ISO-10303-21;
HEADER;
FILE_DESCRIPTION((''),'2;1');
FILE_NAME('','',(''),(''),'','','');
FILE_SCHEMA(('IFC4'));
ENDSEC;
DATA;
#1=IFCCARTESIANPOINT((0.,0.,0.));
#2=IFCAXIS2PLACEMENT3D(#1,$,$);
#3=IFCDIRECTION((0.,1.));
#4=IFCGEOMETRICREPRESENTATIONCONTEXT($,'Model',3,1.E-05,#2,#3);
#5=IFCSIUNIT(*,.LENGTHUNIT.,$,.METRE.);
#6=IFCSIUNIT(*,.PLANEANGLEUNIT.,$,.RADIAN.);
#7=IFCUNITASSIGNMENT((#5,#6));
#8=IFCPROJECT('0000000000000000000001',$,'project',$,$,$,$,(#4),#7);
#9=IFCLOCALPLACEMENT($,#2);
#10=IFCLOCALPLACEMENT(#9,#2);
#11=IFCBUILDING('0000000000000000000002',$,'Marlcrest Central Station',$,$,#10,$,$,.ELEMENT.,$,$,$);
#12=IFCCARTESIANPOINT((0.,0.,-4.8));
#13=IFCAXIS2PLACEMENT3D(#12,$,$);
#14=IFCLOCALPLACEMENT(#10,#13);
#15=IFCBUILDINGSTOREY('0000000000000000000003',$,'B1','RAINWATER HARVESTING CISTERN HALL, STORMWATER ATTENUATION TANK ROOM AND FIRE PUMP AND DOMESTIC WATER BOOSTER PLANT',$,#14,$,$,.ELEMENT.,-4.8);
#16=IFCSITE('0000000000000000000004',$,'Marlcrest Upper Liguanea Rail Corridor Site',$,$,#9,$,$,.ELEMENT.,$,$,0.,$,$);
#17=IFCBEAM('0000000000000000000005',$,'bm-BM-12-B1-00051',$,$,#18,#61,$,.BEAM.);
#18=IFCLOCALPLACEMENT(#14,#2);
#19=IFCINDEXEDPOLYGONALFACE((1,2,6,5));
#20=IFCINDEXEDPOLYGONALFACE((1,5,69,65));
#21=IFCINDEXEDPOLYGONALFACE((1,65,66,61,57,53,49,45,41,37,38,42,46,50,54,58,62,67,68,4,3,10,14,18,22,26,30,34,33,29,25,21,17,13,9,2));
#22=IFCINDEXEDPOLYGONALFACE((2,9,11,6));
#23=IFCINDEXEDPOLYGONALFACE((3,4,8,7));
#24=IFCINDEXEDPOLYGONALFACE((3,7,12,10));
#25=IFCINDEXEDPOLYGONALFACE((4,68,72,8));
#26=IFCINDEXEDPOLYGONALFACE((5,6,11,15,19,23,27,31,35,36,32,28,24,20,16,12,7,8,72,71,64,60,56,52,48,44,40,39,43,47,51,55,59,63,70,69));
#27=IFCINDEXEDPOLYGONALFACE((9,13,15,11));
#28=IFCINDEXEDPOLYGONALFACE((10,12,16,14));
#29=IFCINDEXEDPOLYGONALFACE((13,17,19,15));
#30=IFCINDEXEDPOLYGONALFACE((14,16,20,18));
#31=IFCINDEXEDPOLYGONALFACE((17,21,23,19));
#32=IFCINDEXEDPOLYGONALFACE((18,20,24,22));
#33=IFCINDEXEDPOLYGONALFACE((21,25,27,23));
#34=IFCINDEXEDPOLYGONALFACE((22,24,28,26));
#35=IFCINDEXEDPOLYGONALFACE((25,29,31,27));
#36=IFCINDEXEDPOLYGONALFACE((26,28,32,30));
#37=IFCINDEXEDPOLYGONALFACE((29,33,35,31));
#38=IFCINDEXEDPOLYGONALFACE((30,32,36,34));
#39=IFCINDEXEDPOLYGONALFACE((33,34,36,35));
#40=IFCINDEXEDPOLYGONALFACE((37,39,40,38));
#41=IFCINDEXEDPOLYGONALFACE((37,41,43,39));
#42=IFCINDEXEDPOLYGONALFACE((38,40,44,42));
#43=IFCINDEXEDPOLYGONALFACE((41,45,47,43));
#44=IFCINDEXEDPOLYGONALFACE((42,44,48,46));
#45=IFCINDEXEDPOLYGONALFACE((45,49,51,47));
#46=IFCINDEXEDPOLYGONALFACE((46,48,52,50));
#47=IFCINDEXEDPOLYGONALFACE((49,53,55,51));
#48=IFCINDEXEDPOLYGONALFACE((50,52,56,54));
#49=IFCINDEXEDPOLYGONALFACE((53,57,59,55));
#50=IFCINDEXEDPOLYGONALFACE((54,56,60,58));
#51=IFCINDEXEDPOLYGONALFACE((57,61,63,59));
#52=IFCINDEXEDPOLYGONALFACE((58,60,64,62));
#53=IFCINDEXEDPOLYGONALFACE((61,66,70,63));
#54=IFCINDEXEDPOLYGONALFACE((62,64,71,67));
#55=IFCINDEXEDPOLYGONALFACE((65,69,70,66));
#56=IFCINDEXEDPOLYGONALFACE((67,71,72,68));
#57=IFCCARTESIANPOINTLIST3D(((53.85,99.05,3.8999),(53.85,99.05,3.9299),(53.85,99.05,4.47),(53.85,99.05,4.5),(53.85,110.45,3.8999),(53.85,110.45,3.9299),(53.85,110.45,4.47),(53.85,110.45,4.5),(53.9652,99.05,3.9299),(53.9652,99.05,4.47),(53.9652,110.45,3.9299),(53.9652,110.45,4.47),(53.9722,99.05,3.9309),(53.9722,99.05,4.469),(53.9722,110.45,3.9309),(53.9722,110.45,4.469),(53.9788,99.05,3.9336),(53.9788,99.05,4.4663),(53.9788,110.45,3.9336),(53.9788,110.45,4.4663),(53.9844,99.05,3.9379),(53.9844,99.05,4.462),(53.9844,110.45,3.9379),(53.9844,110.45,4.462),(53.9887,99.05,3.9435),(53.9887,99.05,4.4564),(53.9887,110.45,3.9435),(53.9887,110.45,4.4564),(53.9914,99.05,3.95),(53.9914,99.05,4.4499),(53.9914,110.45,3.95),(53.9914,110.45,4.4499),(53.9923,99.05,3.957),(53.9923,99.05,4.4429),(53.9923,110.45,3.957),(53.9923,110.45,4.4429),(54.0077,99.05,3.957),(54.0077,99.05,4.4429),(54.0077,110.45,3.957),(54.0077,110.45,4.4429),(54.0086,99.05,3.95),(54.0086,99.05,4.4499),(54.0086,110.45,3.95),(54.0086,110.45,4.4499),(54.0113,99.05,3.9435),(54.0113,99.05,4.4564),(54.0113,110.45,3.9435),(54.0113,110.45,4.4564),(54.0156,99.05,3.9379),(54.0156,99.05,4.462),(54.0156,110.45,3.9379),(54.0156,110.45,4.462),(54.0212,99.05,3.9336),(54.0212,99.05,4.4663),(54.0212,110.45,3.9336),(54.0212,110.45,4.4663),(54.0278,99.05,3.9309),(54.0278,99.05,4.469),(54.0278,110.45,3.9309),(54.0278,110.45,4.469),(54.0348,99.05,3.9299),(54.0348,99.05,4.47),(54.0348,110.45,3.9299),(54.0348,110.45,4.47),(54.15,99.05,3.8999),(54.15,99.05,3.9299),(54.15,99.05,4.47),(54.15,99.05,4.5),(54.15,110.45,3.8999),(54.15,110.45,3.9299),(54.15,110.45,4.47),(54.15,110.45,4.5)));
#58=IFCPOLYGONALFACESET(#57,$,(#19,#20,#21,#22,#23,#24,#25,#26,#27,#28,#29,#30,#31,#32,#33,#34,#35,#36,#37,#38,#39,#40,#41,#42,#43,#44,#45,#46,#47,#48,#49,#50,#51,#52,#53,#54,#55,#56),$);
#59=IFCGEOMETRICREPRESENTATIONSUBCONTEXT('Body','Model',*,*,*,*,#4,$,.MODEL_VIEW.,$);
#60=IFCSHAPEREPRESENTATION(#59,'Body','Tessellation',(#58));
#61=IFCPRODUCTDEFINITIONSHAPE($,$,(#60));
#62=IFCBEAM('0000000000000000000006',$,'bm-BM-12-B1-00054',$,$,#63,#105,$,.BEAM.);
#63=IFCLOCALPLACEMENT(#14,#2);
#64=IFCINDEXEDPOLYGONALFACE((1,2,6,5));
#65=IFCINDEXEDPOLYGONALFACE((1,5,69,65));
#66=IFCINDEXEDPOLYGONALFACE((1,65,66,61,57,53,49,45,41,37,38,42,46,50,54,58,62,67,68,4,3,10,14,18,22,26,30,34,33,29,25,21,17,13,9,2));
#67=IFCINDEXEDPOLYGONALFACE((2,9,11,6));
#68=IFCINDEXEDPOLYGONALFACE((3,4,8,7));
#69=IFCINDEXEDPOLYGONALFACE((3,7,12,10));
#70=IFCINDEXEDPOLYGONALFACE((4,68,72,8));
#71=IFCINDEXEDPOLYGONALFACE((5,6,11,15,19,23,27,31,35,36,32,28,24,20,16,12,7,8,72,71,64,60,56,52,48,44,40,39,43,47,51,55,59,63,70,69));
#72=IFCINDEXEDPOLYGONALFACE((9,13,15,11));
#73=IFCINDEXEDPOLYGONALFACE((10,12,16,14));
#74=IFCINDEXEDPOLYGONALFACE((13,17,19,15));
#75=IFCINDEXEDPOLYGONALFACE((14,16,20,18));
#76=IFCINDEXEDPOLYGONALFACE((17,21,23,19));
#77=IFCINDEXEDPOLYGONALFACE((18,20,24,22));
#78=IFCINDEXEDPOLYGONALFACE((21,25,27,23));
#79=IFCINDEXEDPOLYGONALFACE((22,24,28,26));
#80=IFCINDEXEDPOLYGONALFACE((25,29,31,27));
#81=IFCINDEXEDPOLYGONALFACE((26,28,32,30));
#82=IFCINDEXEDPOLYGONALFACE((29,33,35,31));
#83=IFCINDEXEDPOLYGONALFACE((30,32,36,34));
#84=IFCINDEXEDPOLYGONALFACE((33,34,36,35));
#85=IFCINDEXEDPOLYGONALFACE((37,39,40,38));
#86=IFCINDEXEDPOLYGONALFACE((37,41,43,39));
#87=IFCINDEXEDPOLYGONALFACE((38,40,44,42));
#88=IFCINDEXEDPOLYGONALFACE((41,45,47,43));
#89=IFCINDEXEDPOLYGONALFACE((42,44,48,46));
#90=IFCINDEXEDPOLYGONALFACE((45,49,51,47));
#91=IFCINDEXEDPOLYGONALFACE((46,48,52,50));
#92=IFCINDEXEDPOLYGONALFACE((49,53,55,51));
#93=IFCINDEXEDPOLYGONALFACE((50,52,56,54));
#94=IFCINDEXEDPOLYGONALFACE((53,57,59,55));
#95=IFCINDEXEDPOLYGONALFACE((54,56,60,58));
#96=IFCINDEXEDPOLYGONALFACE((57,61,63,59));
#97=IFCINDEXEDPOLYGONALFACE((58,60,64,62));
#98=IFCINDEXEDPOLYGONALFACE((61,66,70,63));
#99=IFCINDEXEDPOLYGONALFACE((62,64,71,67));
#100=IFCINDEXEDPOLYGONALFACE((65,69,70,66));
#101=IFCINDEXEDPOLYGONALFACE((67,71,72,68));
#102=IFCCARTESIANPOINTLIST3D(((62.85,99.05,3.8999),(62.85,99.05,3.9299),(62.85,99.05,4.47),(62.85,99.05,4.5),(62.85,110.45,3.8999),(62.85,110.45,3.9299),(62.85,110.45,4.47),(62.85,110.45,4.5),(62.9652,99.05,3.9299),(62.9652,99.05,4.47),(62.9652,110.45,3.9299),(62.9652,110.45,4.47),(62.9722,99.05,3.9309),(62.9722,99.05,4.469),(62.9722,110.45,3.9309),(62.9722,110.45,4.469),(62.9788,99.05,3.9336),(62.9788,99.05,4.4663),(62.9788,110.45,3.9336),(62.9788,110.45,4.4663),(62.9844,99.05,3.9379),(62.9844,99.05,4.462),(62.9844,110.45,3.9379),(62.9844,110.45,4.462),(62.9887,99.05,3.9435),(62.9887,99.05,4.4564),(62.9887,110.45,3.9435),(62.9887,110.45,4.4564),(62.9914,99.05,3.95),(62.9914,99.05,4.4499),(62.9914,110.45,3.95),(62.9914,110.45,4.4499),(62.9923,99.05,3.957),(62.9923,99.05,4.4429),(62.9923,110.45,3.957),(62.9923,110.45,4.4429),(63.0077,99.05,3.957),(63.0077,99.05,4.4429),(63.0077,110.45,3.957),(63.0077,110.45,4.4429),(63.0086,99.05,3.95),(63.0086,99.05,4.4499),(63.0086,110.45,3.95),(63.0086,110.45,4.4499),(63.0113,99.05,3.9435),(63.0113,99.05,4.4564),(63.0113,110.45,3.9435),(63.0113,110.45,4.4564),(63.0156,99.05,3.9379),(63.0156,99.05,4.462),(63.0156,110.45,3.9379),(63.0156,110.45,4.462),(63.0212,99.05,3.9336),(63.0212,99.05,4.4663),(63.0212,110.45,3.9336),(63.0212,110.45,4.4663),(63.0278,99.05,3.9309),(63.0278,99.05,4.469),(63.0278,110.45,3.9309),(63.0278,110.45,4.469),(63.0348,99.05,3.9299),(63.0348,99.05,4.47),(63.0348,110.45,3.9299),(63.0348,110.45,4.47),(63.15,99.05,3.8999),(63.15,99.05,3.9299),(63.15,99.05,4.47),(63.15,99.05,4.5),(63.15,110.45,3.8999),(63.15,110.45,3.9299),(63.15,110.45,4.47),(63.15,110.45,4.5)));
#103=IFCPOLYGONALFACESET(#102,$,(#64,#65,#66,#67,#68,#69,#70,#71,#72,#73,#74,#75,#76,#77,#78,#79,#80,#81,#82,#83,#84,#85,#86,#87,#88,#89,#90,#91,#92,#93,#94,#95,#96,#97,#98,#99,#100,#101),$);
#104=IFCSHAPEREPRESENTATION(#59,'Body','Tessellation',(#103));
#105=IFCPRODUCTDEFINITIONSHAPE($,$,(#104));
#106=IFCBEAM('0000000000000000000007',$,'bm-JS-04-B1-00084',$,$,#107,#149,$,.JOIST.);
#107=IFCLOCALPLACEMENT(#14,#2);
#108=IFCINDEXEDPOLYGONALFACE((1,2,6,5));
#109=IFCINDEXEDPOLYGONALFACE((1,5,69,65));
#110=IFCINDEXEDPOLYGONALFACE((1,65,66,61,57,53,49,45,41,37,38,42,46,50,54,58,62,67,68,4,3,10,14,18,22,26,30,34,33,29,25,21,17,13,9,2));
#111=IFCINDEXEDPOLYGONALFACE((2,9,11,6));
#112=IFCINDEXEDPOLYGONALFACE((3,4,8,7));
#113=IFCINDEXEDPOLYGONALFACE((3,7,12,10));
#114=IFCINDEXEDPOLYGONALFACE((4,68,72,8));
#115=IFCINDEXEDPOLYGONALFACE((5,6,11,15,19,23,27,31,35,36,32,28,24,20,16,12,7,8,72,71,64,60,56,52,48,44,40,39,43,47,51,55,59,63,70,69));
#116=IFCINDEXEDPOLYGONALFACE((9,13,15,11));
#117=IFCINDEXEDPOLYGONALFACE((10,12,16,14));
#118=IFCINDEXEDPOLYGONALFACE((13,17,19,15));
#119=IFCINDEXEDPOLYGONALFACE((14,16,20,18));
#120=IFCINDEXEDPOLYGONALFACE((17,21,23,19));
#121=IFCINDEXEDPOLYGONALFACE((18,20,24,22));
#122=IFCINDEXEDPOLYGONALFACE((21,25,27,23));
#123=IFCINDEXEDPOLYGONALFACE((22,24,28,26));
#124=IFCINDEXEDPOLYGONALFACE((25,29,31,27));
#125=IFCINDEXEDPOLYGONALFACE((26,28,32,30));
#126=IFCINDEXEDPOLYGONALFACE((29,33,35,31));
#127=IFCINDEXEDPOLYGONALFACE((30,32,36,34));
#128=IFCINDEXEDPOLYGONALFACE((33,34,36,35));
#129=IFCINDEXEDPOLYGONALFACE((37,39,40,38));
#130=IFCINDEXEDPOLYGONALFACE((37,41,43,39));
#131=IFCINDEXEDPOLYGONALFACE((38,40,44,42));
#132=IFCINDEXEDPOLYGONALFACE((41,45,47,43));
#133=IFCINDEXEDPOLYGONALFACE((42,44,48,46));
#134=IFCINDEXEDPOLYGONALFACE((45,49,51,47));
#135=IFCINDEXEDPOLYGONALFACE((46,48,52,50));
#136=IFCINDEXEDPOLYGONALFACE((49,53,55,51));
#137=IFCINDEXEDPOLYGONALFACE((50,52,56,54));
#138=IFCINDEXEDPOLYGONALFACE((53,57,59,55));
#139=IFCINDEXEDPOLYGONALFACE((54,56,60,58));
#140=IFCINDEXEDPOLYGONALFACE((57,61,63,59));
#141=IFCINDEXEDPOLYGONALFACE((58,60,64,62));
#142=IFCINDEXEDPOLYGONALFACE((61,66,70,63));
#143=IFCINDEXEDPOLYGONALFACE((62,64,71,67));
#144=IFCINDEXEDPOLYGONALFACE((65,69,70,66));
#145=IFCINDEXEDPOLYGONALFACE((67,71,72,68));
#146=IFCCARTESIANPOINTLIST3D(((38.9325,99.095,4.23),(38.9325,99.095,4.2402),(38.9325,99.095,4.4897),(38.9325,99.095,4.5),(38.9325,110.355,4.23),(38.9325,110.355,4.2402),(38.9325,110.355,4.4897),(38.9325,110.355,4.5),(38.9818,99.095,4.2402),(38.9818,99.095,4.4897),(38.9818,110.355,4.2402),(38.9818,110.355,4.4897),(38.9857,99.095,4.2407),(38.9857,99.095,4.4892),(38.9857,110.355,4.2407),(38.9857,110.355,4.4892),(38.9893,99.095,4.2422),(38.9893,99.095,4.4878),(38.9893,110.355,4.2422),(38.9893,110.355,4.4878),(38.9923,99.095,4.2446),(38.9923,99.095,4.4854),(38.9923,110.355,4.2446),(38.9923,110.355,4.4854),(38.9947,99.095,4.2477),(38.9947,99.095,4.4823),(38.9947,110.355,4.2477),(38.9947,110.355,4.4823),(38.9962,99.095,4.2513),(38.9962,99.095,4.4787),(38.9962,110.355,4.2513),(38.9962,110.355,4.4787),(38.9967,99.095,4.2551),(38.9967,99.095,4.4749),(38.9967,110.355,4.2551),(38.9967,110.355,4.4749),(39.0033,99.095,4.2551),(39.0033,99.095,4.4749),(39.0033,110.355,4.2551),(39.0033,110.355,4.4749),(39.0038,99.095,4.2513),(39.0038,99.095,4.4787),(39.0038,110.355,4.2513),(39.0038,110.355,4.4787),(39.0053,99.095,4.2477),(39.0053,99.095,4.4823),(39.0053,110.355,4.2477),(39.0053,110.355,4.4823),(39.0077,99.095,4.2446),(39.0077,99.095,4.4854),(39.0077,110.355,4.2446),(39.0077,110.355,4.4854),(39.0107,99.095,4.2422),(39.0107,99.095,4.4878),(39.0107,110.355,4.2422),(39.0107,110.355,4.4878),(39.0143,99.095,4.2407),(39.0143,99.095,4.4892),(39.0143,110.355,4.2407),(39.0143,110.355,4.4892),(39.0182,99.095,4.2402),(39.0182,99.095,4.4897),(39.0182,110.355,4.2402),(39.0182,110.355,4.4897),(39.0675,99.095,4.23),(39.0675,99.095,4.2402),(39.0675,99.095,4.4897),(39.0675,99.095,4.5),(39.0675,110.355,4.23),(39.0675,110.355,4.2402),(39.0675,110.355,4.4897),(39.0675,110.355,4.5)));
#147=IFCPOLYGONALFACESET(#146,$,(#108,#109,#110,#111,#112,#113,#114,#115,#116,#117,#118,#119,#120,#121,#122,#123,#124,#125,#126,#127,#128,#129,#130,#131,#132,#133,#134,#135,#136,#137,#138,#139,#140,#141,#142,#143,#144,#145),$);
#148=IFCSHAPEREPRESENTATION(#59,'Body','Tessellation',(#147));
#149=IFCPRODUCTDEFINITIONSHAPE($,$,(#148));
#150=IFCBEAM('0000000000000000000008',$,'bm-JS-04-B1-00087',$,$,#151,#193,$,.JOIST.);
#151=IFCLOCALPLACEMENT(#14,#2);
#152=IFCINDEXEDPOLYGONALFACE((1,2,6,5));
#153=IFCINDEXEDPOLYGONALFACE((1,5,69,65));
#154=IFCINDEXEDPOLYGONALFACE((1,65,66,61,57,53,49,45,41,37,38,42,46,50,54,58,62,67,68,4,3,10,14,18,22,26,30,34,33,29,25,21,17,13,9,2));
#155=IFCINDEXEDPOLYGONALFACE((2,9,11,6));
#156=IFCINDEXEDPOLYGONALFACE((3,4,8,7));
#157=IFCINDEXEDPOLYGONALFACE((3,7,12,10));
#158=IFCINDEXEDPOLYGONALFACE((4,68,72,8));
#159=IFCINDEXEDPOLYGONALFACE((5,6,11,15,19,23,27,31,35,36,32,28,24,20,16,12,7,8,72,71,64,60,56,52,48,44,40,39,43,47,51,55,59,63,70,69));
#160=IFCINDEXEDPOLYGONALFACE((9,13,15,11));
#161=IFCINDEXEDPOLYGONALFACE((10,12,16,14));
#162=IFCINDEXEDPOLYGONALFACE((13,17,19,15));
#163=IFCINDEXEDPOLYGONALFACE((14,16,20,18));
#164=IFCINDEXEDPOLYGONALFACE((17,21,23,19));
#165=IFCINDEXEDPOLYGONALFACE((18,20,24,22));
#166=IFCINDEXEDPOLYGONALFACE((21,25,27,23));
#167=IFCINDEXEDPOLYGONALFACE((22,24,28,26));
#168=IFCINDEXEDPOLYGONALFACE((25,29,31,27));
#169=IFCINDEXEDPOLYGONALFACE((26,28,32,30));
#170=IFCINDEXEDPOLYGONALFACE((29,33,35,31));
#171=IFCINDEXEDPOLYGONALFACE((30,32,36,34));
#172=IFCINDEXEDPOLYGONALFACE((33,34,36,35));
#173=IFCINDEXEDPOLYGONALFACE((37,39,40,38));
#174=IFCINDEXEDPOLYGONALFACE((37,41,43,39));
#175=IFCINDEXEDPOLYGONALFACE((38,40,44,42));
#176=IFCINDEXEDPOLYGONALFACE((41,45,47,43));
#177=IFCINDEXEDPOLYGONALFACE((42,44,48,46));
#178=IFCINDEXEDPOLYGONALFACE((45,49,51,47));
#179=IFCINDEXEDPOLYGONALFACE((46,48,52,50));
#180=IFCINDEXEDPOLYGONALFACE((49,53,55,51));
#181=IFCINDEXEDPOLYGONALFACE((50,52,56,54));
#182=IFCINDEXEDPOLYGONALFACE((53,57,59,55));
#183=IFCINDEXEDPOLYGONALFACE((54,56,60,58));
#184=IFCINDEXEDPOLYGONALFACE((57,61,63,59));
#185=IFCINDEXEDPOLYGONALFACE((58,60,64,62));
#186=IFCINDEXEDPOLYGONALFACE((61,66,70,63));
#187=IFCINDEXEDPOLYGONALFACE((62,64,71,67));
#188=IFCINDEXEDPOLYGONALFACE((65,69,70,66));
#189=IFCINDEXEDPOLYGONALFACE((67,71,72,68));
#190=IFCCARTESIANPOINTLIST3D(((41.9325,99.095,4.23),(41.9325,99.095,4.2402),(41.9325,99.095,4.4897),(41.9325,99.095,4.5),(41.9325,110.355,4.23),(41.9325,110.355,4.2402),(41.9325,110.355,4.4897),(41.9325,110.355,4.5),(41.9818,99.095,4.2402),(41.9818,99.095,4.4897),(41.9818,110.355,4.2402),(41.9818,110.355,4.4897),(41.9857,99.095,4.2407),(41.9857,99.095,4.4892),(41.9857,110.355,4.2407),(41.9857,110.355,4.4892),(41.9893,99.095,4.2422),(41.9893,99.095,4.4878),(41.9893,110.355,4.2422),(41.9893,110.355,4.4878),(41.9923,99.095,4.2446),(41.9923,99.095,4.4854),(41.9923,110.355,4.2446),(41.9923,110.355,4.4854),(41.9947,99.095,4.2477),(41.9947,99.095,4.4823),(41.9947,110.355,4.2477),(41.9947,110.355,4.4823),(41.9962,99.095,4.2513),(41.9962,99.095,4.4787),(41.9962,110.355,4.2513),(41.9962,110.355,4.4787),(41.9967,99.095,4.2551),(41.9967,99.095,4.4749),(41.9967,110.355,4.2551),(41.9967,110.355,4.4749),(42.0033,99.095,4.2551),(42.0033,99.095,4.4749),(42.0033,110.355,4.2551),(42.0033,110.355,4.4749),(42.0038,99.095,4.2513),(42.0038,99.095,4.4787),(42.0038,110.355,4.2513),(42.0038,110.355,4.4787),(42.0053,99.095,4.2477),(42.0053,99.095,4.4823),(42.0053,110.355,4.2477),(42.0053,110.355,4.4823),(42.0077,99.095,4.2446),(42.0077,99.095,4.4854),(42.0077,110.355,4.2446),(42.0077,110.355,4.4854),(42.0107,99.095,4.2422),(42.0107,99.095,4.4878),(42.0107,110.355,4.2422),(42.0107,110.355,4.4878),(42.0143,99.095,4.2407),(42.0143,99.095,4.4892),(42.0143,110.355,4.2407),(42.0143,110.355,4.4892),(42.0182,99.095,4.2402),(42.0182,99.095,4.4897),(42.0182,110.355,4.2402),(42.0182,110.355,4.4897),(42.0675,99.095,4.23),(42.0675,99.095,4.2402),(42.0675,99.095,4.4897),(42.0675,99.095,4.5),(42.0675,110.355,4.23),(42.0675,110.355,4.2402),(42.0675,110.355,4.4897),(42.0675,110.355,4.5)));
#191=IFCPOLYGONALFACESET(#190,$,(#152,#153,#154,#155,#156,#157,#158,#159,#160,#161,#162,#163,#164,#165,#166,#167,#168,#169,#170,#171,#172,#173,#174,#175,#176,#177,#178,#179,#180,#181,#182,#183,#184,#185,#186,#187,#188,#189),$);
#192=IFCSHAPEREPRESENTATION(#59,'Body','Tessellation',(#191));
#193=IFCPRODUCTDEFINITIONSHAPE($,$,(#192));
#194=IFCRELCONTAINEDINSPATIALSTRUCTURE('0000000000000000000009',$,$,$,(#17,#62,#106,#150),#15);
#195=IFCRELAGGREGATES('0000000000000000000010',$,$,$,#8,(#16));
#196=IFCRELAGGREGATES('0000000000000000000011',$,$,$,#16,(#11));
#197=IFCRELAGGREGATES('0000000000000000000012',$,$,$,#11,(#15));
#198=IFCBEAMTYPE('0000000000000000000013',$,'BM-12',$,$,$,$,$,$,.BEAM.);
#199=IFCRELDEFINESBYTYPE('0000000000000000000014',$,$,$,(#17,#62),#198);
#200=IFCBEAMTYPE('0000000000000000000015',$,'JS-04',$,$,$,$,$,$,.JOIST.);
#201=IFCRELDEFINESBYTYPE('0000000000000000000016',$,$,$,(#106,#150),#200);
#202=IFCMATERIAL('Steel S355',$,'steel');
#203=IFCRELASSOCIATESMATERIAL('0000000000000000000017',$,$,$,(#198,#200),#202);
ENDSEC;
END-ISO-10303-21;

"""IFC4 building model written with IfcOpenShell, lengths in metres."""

from ifc_helpers import new_model, si_unit, direction, frame, origin, origin_2d, place, context, subcontext, project, spatial, i_section, extrude, material, material_profile, profile_set, type_object, element, save


model = new_model("IFC4")

# Units and contexts
model_context = context("Model", 3, precision=1e-05, world=origin(), true_north=direction((0.0, 1.0)))
body_context = subcontext(model_context, "Body", "Model", "MODEL_VIEW")
ifc_project = project(units=[si_unit("LENGTHUNIT", "METRE"), si_unit("PLANEANGLEUNIT", "RADIAN")], contexts=[model_context])

# Site, building, storey
site_placement = place(None, origin())
site = spatial("IfcSite", under=ifc_project, at=site_placement, Name="Marlcrest Upper Liguanea Rail Corridor Site", CompositionType="ELEMENT", RefElevation=0.0)
building_placement = place(site_placement, origin())
building = spatial("IfcBuilding", under=site, at=building_placement, Name="Marlcrest Central Station", CompositionType="ELEMENT")
storey_placement = place(building_placement, frame((0.0, 0.0, -4.8)))
storey = spatial("IfcBuildingStorey", under=building, at=storey_placement, Name="B1", Description="RAINWATER HARVESTING CISTERN HALL, STORMWATER ATTENUATION TANK ROOM AND FIRE PUMP AND DOMESTIC WATER BOOSTER PLANT", CompositionType="ELEMENT", Elevation=-4.8)

# Beams
ifc_material_1 = material(Name="Steel S355", Category="steel")
ifc_material_profile_1 = material_profile(ifc_material_1, i_section(OverallWidth=0.3, OverallDepth=0.6001, WebThickness=0.0154, FlangeThickness=0.03, FilletRadius=0.0271, at=origin_2d()), Name="HEB 600")
ifc_profile_set_1 = profile_set([ifc_material_profile_1], Name="Steel S355")
beam_type_1 = type_object("IfcBeamType", Name="BM-12", PredefinedType="BEAM", material=ifc_profile_set_1)
for number, where, z_axis, x_axis, name in (
    (1, (54.0, 99.05, 4.2), (0.0, 1.0, 0.0), (-1.0, 0.0, 0.0), "bm-BM-12-B1-00051"),
    (2, (63.0, 99.05, 4.2), (0.0, 1.0, 0.0), (-1.0, 0.0, 0.0), "bm-BM-12-B1-00054"),
):
    element("IfcBeam", number, at=place(storey_placement, frame(where, z_axis=z_axis, x_axis=x_axis)), inside=storey, type_object=beam_type_1, Name=name, PredefinedType="BEAM", context=body_context, shape_type="SweptSolid", body=[
        extrude(i_section(OverallWidth=0.3, OverallDepth=0.6001, WebThickness=0.0154, FlangeThickness=0.03, FilletRadius=0.0271, at=origin_2d()), origin(), (0.0, 0.0, 1.0), 11.3999),
    ])
ifc_material_profile_2 = material_profile(ifc_material_1, i_section(OverallWidth=0.135, OverallDepth=0.27, WebThickness=0.0066, FlangeThickness=0.0103, FilletRadius=0.0149, at=origin_2d()), Name="IPE 270")
ifc_profile_set_2 = profile_set([ifc_material_profile_2], Name="Steel S355")
beam_type_2 = type_object("IfcBeamType", Name="JS-04", PredefinedType="JOIST", material=ifc_profile_set_2)
for number, where, z_axis, x_axis, name in (
    (3, (39.0, 99.095, 4.365), (0.0, 1.0, 0.0), (-1.0, 0.0, 0.0), "bm-JS-04-B1-00084"),
    (4, (42.0, 99.095, 4.365), (0.0, 1.0, 0.0), (-1.0, 0.0, 0.0), "bm-JS-04-B1-00087"),
):
    element("IfcBeam", number, at=place(storey_placement, frame(where, z_axis=z_axis, x_axis=x_axis)), inside=storey, type_object=beam_type_2, Name=name, PredefinedType="JOIST", context=body_context, shape_type="SweptSolid", body=[
        extrude(i_section(OverallWidth=0.135, OverallDepth=0.27, WebThickness=0.0066, FlangeThickness=0.0103, FilletRadius=0.0149, at=origin_2d()), origin(), (0.0, 0.0, 1.0), 11.26),
    ])

save(model, "model.ifc")
